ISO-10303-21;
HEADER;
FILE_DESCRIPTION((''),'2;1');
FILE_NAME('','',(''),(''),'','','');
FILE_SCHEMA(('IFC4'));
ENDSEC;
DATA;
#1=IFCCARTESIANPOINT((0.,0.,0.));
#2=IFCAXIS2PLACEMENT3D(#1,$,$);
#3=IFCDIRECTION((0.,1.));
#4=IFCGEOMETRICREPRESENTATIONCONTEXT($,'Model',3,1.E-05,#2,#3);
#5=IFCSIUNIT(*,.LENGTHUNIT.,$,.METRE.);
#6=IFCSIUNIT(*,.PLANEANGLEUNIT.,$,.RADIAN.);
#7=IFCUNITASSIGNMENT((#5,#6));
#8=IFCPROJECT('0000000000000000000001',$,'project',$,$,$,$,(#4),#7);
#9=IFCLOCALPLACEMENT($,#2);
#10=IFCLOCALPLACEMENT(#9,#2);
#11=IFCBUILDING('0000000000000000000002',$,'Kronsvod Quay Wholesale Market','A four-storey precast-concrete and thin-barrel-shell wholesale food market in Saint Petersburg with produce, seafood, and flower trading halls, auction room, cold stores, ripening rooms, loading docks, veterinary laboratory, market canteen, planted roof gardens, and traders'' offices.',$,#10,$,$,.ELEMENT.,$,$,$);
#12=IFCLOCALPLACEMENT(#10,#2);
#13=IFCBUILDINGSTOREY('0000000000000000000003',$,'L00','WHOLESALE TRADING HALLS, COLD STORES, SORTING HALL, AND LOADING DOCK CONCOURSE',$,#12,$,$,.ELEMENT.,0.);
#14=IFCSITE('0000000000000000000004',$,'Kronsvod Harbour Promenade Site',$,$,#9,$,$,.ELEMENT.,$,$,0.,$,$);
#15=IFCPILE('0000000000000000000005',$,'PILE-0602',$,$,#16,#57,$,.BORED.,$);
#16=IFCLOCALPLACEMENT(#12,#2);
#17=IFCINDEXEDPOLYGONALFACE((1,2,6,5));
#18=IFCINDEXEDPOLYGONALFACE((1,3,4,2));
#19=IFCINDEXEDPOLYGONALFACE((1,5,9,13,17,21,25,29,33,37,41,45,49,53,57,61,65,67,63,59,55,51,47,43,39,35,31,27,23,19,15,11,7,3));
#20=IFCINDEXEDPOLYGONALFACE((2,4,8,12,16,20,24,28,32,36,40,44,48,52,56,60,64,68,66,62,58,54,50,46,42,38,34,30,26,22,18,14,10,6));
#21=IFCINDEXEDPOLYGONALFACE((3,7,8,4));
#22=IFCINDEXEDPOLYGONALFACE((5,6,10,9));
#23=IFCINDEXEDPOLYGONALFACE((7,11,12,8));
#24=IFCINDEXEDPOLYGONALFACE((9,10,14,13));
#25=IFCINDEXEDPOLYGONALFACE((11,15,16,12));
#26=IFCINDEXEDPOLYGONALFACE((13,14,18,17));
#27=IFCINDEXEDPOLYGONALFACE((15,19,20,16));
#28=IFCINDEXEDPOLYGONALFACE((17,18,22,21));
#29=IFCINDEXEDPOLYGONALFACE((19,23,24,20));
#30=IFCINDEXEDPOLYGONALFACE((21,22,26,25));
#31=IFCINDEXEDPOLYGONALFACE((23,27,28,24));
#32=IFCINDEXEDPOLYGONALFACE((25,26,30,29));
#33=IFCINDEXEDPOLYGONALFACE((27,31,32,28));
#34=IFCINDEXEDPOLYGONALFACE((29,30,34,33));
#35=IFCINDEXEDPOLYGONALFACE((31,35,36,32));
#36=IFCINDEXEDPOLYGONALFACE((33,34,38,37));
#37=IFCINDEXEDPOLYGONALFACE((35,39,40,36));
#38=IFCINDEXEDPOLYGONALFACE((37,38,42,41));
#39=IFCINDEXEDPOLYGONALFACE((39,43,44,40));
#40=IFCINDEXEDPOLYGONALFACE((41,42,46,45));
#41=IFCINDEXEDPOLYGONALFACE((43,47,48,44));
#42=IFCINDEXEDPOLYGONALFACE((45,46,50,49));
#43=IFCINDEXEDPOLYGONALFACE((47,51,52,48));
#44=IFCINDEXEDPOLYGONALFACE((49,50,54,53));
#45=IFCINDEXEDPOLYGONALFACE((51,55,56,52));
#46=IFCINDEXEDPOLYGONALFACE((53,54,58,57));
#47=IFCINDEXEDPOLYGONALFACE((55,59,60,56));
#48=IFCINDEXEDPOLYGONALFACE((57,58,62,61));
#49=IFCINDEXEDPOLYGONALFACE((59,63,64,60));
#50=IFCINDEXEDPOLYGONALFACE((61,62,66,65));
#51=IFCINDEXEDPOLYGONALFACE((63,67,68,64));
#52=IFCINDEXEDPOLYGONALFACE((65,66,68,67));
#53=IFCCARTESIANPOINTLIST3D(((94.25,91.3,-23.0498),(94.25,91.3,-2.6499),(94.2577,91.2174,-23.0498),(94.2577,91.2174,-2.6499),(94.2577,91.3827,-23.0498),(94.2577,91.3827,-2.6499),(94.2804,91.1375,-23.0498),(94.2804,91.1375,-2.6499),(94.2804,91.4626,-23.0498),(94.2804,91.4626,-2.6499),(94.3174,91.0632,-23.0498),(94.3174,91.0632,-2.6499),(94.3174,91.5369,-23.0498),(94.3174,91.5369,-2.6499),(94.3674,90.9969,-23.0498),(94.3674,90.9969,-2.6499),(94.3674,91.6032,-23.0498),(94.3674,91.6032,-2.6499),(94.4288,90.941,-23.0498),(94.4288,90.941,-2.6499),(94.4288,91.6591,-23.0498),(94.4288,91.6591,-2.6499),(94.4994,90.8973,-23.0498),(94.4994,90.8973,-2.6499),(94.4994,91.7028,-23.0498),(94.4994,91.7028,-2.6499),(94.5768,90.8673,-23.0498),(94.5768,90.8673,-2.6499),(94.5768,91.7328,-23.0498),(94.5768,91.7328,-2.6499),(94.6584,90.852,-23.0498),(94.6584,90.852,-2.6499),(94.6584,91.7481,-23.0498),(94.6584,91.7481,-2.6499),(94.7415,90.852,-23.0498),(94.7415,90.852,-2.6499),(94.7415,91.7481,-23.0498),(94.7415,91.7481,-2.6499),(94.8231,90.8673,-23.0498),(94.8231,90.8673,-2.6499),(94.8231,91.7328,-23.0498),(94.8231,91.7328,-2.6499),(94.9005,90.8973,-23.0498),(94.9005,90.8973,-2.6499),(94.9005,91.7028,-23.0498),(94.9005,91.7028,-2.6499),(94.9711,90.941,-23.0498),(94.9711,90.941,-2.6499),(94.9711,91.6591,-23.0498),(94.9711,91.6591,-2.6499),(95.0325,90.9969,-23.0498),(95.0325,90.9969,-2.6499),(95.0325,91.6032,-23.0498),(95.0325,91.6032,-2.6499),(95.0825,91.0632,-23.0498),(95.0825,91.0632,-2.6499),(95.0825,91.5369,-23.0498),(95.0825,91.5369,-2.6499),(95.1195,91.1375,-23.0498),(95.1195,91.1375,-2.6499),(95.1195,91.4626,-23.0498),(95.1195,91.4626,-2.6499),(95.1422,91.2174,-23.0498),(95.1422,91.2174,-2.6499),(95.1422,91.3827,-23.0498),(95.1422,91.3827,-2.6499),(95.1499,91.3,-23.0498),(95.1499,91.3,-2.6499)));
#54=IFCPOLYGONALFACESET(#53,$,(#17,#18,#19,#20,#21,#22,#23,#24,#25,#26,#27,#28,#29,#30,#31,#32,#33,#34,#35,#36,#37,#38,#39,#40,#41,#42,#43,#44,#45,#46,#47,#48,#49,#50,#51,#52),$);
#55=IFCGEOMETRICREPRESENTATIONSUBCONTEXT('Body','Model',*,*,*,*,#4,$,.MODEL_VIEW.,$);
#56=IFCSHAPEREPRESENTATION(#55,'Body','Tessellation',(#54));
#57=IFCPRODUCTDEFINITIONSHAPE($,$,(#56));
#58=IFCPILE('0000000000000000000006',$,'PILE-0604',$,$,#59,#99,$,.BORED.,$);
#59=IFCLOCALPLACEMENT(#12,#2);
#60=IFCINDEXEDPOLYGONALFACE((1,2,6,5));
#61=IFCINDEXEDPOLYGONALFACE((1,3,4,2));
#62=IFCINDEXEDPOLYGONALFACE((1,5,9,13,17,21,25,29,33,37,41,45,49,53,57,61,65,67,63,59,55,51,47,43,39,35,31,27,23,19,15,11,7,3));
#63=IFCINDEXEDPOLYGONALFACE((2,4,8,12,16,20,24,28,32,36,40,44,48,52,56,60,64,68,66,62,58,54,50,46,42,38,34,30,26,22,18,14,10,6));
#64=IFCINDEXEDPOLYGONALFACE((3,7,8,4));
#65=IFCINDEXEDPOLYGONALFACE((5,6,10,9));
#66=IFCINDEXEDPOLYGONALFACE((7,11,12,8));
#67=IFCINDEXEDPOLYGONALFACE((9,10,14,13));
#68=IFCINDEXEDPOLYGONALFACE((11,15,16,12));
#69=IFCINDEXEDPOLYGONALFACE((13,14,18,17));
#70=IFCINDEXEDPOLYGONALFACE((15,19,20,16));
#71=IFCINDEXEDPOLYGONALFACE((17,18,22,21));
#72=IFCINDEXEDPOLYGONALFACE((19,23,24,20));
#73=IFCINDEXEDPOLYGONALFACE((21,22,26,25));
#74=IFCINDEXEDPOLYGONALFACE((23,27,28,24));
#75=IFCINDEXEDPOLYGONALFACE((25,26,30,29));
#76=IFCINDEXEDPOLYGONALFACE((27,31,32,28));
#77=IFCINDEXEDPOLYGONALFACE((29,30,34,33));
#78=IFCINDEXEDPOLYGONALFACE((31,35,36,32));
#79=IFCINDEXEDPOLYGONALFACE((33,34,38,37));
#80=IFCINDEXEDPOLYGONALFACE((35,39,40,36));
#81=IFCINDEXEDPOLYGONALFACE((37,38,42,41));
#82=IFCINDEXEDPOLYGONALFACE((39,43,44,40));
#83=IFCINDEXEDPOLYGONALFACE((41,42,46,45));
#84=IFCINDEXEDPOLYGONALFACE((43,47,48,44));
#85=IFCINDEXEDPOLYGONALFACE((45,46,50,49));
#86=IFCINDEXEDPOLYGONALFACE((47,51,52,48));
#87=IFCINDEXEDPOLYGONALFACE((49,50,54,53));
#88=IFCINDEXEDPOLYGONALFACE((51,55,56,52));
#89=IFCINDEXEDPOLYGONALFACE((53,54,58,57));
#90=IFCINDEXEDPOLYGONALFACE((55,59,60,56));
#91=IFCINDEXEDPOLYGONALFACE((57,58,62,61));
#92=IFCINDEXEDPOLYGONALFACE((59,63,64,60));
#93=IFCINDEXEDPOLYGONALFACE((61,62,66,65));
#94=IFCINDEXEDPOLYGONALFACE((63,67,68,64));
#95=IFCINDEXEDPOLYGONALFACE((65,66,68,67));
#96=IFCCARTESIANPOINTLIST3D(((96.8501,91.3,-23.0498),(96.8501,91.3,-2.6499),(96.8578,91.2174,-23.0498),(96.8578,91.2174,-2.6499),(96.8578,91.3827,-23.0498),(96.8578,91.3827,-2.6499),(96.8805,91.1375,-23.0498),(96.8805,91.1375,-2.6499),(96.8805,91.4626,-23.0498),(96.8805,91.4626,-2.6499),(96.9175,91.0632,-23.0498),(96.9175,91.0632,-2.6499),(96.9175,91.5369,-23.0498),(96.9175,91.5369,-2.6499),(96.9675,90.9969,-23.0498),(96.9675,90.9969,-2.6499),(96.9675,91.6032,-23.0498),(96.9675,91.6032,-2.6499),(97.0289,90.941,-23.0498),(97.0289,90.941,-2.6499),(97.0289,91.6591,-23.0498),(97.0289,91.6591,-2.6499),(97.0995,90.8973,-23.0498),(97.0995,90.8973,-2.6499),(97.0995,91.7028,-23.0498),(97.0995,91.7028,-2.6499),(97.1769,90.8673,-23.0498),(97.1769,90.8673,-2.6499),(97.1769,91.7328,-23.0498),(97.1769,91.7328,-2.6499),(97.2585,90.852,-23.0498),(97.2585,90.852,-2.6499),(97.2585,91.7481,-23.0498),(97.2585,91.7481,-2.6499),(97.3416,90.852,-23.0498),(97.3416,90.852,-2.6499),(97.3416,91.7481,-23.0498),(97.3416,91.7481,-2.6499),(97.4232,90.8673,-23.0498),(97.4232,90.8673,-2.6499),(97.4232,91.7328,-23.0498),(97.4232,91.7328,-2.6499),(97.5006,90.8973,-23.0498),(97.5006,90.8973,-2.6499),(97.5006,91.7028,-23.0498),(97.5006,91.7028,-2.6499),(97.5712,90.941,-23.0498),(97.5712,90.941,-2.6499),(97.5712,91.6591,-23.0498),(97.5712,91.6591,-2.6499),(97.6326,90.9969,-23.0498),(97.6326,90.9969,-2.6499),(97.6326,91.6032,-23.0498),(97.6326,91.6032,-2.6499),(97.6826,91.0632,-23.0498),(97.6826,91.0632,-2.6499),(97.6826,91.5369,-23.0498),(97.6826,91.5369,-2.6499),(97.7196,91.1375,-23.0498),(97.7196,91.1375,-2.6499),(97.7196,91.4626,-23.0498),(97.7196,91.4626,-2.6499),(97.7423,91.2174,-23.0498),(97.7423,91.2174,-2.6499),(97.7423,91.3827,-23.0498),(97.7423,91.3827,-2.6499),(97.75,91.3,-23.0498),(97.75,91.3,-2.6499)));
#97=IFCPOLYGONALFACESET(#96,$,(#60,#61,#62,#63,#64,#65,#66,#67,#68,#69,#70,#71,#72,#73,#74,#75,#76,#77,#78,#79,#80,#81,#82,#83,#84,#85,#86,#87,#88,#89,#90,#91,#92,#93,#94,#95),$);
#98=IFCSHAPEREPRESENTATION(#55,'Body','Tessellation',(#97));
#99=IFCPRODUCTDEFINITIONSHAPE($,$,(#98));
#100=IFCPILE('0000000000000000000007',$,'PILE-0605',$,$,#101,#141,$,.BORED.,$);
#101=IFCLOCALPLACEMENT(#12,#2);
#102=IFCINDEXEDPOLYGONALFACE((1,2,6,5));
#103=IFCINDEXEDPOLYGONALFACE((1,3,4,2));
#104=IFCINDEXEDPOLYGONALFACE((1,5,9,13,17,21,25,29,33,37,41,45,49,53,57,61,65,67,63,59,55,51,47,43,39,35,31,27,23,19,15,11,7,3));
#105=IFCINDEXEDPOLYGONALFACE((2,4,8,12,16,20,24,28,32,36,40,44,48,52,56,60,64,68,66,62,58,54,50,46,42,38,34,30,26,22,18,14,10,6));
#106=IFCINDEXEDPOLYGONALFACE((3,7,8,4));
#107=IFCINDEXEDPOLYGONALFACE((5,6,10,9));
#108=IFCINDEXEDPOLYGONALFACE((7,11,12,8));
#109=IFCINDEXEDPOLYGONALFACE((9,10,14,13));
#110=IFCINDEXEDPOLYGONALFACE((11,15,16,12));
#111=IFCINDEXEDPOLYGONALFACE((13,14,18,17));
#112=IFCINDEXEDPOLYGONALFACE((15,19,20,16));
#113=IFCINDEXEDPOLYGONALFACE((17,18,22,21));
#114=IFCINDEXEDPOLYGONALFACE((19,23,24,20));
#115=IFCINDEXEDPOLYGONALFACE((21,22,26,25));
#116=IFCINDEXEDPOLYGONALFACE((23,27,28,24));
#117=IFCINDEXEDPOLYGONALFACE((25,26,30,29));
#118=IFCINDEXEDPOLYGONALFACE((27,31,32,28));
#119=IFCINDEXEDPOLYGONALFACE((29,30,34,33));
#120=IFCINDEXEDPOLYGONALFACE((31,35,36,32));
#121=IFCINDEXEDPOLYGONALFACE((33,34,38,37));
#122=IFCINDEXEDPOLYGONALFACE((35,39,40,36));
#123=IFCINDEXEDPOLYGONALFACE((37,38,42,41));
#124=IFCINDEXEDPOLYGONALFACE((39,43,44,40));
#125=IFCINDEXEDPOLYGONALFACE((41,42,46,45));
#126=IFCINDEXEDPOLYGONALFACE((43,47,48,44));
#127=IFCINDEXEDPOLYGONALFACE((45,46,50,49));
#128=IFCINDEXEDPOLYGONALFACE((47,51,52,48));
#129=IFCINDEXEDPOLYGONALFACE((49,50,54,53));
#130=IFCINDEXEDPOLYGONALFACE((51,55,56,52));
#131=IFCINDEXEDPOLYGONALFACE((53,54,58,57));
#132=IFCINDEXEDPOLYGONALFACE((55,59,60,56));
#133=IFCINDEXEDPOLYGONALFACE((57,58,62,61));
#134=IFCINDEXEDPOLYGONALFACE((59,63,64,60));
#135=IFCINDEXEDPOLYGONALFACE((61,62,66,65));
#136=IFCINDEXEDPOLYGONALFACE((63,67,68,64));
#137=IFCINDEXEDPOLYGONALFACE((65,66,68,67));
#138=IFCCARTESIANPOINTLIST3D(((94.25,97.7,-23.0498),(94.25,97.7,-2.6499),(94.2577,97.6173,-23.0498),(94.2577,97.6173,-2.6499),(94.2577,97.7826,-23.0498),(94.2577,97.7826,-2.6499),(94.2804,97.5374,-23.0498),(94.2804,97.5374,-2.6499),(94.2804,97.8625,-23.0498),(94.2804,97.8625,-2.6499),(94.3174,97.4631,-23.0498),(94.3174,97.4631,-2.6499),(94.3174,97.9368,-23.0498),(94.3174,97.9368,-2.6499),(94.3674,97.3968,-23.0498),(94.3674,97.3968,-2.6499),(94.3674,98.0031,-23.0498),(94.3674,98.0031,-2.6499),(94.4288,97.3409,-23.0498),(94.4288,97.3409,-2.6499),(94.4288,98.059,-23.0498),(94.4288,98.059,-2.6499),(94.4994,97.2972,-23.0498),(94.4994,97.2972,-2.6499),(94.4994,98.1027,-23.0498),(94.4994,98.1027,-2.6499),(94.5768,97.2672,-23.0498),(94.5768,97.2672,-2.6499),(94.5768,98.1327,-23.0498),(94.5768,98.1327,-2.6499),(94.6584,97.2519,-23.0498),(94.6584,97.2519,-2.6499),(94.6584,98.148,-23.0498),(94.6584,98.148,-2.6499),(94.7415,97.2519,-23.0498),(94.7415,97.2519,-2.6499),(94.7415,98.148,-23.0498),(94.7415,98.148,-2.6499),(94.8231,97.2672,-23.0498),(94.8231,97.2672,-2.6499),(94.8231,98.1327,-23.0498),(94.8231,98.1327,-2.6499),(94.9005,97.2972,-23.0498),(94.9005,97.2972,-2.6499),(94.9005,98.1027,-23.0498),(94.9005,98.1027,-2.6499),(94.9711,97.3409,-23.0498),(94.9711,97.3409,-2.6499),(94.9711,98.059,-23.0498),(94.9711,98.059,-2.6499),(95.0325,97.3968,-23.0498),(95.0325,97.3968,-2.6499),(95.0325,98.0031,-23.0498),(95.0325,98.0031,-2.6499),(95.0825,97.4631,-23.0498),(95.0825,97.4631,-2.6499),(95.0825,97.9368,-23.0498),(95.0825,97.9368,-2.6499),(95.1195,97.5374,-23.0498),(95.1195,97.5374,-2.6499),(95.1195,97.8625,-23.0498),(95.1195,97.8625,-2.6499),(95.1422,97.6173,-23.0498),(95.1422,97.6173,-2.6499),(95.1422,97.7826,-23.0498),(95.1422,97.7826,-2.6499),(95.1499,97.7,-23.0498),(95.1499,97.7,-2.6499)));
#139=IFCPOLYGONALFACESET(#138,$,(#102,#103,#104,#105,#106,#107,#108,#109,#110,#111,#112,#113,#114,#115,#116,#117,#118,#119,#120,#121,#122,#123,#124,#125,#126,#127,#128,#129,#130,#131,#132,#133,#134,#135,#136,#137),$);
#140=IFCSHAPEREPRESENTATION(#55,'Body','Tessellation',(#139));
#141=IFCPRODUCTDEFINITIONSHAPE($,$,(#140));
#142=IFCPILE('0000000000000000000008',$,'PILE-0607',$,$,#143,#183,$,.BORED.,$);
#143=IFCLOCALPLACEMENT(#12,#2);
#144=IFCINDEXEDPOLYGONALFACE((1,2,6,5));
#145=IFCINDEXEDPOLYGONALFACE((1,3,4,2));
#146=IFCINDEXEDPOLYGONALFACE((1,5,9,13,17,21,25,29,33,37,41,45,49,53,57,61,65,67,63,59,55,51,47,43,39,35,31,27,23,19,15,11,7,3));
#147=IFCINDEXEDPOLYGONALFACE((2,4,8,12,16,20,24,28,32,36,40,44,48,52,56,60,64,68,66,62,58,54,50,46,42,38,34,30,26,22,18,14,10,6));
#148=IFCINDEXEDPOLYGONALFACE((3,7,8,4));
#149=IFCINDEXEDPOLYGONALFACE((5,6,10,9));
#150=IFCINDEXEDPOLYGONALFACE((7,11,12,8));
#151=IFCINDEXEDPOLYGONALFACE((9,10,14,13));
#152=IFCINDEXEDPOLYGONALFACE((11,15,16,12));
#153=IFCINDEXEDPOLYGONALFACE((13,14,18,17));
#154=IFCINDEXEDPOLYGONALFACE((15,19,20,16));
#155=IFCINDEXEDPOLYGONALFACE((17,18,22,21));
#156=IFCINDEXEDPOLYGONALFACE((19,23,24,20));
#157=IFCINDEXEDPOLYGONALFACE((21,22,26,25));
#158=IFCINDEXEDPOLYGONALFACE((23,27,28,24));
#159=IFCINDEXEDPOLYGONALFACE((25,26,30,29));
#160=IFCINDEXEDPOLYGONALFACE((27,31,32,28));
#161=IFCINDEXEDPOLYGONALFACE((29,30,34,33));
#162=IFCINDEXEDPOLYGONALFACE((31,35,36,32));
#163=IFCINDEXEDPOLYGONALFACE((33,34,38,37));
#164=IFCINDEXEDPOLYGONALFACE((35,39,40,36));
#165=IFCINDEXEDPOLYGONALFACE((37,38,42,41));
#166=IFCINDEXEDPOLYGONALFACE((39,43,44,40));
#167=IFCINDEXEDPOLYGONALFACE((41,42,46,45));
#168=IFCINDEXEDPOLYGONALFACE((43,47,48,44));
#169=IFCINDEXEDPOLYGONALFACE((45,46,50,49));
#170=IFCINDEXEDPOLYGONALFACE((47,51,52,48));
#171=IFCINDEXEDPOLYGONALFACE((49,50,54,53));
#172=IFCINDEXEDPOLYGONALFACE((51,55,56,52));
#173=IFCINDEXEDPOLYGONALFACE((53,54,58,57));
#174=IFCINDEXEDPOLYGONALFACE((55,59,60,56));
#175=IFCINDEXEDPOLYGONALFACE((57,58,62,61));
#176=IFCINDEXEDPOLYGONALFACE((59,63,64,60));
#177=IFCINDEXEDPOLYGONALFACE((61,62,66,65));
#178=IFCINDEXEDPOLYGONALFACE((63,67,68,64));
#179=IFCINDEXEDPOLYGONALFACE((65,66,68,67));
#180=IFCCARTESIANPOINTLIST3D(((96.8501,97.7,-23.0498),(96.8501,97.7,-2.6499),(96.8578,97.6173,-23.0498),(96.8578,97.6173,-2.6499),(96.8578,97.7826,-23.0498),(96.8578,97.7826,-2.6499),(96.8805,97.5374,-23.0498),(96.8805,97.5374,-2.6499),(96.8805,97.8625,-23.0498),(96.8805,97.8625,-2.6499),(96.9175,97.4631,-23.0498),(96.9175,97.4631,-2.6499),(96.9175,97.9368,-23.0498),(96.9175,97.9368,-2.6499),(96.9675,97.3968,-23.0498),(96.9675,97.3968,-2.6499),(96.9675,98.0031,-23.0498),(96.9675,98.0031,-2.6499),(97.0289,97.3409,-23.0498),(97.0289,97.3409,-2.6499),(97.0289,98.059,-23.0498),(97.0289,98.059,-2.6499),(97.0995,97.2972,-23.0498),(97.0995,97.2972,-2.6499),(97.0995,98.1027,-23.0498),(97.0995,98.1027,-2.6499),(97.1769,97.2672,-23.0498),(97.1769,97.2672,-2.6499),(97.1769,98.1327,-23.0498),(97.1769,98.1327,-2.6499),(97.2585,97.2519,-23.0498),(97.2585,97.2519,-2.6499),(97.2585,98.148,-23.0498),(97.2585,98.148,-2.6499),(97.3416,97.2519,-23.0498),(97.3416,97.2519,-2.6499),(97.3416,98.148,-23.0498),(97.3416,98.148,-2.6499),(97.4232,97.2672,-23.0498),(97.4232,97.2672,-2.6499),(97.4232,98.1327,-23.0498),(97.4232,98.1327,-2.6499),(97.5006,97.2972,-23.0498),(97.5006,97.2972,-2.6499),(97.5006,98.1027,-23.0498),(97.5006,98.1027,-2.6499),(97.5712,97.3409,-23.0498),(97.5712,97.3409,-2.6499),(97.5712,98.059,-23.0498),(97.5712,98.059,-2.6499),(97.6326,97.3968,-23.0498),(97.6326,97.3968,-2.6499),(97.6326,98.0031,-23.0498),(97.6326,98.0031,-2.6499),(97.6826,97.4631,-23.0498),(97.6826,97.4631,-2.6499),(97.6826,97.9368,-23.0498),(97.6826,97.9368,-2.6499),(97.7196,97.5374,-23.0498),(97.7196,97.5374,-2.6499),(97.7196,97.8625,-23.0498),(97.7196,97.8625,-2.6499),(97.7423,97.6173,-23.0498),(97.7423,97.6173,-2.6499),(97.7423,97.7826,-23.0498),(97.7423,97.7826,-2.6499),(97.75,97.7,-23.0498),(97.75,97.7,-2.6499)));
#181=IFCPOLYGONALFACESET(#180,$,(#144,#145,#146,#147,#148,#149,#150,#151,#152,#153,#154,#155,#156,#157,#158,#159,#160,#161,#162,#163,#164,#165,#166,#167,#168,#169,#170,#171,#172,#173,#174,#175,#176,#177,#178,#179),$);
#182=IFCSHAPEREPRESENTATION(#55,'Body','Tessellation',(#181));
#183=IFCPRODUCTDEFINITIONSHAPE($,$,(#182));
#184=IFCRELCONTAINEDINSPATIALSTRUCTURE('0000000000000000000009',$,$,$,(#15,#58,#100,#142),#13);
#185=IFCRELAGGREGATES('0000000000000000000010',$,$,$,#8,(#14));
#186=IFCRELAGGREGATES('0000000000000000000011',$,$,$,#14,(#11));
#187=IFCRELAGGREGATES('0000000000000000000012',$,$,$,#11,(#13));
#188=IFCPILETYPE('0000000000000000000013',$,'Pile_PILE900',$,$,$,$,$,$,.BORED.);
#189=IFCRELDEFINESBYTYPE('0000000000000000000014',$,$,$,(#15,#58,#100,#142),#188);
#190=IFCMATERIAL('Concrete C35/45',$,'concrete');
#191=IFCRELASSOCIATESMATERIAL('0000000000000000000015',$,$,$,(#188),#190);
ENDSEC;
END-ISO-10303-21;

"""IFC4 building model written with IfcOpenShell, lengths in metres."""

from ifc_helpers import new_model, si_unit, direction, frame, origin, origin_2d, place, context, subcontext, project, spatial, circle, extrude, material, material_profile, profile_set, type_object, element, save


model = new_model("IFC4")

# Units and contexts
model_context = context("Model", 3, precision=1e-05, world=origin(), true_north=direction((0.0, 1.0)))
body_context = subcontext(model_context, "Body", "Model", "MODEL_VIEW")
ifc_project = project(units=[si_unit("LENGTHUNIT", "METRE"), si_unit("PLANEANGLEUNIT", "RADIAN")], contexts=[model_context])

# Site, building, storey
site_placement = place(None, origin())
site = spatial("IfcSite", under=ifc_project, at=site_placement, Name="Kronsvod Harbour Promenade Site", CompositionType="ELEMENT", RefElevation=0.0)
building_placement = place(site_placement, origin())
building = spatial("IfcBuilding", under=site, at=building_placement, Name="Kronsvod Quay Wholesale Market", Description="A four-storey precast-concrete and thin-barrel-shell wholesale food market in Saint Petersburg with produce, seafood, and flower trading halls, auction room, cold stores, ripening rooms, loading docks, veterinary laboratory, market canteen, planted roof gardens, and traders' offices.", CompositionType="ELEMENT")
storey_placement = place(building_placement, origin())
storey = spatial("IfcBuildingStorey", under=building, at=storey_placement, Name="L00", Description="WHOLESALE TRADING HALLS, COLD STORES, SORTING HALL, AND LOADING DOCK CONCOURSE", CompositionType="ELEMENT", Elevation=0.0)

# Piles
ifc_material_1 = material(Name="Concrete C35/45", Category="concrete")
ifc_material_profile_1 = material_profile(ifc_material_1, circle(Radius=0.45, at=origin_2d()), Name="PILE900")
ifc_profile_set_1 = profile_set([ifc_material_profile_1], Name="Concrete C35/45")
pile_type = type_object("IfcPileType", Name="Pile_PILE900", PredefinedType="BORED", material=ifc_profile_set_1)
for number, where, z_axis, x_axis, name in (
    (1, (94.7, 91.3, -2.6499), (0.0, 0.0, -1.0), (1.0, 0.0, 0.0), "PILE-0602"),
    (2, (97.3, 91.3, -2.6499), (0.0, 0.0, -1.0), (1.0, 0.0, 0.0), "PILE-0604"),
    (3, (94.7, 97.7, -2.6499), (0.0, 0.0, -1.0), (1.0, 0.0, 0.0), "PILE-0605"),
    (4, (97.3, 97.7, -2.6499), (0.0, 0.0, -1.0), (1.0, 0.0, 0.0), "PILE-0607"),
):
    element("IfcPile", number, at=place(storey_placement, frame(where, z_axis=z_axis, x_axis=x_axis)), inside=storey, type_object=pile_type, Name=name, PredefinedType="BORED", context=body_context, shape_type="SweptSolid", body=[
        extrude(circle(Radius=0.45, at=origin_2d()), origin(), (0.0, 0.0, 1.0), 20.3999),
    ])

save(model, "model.ifc")
